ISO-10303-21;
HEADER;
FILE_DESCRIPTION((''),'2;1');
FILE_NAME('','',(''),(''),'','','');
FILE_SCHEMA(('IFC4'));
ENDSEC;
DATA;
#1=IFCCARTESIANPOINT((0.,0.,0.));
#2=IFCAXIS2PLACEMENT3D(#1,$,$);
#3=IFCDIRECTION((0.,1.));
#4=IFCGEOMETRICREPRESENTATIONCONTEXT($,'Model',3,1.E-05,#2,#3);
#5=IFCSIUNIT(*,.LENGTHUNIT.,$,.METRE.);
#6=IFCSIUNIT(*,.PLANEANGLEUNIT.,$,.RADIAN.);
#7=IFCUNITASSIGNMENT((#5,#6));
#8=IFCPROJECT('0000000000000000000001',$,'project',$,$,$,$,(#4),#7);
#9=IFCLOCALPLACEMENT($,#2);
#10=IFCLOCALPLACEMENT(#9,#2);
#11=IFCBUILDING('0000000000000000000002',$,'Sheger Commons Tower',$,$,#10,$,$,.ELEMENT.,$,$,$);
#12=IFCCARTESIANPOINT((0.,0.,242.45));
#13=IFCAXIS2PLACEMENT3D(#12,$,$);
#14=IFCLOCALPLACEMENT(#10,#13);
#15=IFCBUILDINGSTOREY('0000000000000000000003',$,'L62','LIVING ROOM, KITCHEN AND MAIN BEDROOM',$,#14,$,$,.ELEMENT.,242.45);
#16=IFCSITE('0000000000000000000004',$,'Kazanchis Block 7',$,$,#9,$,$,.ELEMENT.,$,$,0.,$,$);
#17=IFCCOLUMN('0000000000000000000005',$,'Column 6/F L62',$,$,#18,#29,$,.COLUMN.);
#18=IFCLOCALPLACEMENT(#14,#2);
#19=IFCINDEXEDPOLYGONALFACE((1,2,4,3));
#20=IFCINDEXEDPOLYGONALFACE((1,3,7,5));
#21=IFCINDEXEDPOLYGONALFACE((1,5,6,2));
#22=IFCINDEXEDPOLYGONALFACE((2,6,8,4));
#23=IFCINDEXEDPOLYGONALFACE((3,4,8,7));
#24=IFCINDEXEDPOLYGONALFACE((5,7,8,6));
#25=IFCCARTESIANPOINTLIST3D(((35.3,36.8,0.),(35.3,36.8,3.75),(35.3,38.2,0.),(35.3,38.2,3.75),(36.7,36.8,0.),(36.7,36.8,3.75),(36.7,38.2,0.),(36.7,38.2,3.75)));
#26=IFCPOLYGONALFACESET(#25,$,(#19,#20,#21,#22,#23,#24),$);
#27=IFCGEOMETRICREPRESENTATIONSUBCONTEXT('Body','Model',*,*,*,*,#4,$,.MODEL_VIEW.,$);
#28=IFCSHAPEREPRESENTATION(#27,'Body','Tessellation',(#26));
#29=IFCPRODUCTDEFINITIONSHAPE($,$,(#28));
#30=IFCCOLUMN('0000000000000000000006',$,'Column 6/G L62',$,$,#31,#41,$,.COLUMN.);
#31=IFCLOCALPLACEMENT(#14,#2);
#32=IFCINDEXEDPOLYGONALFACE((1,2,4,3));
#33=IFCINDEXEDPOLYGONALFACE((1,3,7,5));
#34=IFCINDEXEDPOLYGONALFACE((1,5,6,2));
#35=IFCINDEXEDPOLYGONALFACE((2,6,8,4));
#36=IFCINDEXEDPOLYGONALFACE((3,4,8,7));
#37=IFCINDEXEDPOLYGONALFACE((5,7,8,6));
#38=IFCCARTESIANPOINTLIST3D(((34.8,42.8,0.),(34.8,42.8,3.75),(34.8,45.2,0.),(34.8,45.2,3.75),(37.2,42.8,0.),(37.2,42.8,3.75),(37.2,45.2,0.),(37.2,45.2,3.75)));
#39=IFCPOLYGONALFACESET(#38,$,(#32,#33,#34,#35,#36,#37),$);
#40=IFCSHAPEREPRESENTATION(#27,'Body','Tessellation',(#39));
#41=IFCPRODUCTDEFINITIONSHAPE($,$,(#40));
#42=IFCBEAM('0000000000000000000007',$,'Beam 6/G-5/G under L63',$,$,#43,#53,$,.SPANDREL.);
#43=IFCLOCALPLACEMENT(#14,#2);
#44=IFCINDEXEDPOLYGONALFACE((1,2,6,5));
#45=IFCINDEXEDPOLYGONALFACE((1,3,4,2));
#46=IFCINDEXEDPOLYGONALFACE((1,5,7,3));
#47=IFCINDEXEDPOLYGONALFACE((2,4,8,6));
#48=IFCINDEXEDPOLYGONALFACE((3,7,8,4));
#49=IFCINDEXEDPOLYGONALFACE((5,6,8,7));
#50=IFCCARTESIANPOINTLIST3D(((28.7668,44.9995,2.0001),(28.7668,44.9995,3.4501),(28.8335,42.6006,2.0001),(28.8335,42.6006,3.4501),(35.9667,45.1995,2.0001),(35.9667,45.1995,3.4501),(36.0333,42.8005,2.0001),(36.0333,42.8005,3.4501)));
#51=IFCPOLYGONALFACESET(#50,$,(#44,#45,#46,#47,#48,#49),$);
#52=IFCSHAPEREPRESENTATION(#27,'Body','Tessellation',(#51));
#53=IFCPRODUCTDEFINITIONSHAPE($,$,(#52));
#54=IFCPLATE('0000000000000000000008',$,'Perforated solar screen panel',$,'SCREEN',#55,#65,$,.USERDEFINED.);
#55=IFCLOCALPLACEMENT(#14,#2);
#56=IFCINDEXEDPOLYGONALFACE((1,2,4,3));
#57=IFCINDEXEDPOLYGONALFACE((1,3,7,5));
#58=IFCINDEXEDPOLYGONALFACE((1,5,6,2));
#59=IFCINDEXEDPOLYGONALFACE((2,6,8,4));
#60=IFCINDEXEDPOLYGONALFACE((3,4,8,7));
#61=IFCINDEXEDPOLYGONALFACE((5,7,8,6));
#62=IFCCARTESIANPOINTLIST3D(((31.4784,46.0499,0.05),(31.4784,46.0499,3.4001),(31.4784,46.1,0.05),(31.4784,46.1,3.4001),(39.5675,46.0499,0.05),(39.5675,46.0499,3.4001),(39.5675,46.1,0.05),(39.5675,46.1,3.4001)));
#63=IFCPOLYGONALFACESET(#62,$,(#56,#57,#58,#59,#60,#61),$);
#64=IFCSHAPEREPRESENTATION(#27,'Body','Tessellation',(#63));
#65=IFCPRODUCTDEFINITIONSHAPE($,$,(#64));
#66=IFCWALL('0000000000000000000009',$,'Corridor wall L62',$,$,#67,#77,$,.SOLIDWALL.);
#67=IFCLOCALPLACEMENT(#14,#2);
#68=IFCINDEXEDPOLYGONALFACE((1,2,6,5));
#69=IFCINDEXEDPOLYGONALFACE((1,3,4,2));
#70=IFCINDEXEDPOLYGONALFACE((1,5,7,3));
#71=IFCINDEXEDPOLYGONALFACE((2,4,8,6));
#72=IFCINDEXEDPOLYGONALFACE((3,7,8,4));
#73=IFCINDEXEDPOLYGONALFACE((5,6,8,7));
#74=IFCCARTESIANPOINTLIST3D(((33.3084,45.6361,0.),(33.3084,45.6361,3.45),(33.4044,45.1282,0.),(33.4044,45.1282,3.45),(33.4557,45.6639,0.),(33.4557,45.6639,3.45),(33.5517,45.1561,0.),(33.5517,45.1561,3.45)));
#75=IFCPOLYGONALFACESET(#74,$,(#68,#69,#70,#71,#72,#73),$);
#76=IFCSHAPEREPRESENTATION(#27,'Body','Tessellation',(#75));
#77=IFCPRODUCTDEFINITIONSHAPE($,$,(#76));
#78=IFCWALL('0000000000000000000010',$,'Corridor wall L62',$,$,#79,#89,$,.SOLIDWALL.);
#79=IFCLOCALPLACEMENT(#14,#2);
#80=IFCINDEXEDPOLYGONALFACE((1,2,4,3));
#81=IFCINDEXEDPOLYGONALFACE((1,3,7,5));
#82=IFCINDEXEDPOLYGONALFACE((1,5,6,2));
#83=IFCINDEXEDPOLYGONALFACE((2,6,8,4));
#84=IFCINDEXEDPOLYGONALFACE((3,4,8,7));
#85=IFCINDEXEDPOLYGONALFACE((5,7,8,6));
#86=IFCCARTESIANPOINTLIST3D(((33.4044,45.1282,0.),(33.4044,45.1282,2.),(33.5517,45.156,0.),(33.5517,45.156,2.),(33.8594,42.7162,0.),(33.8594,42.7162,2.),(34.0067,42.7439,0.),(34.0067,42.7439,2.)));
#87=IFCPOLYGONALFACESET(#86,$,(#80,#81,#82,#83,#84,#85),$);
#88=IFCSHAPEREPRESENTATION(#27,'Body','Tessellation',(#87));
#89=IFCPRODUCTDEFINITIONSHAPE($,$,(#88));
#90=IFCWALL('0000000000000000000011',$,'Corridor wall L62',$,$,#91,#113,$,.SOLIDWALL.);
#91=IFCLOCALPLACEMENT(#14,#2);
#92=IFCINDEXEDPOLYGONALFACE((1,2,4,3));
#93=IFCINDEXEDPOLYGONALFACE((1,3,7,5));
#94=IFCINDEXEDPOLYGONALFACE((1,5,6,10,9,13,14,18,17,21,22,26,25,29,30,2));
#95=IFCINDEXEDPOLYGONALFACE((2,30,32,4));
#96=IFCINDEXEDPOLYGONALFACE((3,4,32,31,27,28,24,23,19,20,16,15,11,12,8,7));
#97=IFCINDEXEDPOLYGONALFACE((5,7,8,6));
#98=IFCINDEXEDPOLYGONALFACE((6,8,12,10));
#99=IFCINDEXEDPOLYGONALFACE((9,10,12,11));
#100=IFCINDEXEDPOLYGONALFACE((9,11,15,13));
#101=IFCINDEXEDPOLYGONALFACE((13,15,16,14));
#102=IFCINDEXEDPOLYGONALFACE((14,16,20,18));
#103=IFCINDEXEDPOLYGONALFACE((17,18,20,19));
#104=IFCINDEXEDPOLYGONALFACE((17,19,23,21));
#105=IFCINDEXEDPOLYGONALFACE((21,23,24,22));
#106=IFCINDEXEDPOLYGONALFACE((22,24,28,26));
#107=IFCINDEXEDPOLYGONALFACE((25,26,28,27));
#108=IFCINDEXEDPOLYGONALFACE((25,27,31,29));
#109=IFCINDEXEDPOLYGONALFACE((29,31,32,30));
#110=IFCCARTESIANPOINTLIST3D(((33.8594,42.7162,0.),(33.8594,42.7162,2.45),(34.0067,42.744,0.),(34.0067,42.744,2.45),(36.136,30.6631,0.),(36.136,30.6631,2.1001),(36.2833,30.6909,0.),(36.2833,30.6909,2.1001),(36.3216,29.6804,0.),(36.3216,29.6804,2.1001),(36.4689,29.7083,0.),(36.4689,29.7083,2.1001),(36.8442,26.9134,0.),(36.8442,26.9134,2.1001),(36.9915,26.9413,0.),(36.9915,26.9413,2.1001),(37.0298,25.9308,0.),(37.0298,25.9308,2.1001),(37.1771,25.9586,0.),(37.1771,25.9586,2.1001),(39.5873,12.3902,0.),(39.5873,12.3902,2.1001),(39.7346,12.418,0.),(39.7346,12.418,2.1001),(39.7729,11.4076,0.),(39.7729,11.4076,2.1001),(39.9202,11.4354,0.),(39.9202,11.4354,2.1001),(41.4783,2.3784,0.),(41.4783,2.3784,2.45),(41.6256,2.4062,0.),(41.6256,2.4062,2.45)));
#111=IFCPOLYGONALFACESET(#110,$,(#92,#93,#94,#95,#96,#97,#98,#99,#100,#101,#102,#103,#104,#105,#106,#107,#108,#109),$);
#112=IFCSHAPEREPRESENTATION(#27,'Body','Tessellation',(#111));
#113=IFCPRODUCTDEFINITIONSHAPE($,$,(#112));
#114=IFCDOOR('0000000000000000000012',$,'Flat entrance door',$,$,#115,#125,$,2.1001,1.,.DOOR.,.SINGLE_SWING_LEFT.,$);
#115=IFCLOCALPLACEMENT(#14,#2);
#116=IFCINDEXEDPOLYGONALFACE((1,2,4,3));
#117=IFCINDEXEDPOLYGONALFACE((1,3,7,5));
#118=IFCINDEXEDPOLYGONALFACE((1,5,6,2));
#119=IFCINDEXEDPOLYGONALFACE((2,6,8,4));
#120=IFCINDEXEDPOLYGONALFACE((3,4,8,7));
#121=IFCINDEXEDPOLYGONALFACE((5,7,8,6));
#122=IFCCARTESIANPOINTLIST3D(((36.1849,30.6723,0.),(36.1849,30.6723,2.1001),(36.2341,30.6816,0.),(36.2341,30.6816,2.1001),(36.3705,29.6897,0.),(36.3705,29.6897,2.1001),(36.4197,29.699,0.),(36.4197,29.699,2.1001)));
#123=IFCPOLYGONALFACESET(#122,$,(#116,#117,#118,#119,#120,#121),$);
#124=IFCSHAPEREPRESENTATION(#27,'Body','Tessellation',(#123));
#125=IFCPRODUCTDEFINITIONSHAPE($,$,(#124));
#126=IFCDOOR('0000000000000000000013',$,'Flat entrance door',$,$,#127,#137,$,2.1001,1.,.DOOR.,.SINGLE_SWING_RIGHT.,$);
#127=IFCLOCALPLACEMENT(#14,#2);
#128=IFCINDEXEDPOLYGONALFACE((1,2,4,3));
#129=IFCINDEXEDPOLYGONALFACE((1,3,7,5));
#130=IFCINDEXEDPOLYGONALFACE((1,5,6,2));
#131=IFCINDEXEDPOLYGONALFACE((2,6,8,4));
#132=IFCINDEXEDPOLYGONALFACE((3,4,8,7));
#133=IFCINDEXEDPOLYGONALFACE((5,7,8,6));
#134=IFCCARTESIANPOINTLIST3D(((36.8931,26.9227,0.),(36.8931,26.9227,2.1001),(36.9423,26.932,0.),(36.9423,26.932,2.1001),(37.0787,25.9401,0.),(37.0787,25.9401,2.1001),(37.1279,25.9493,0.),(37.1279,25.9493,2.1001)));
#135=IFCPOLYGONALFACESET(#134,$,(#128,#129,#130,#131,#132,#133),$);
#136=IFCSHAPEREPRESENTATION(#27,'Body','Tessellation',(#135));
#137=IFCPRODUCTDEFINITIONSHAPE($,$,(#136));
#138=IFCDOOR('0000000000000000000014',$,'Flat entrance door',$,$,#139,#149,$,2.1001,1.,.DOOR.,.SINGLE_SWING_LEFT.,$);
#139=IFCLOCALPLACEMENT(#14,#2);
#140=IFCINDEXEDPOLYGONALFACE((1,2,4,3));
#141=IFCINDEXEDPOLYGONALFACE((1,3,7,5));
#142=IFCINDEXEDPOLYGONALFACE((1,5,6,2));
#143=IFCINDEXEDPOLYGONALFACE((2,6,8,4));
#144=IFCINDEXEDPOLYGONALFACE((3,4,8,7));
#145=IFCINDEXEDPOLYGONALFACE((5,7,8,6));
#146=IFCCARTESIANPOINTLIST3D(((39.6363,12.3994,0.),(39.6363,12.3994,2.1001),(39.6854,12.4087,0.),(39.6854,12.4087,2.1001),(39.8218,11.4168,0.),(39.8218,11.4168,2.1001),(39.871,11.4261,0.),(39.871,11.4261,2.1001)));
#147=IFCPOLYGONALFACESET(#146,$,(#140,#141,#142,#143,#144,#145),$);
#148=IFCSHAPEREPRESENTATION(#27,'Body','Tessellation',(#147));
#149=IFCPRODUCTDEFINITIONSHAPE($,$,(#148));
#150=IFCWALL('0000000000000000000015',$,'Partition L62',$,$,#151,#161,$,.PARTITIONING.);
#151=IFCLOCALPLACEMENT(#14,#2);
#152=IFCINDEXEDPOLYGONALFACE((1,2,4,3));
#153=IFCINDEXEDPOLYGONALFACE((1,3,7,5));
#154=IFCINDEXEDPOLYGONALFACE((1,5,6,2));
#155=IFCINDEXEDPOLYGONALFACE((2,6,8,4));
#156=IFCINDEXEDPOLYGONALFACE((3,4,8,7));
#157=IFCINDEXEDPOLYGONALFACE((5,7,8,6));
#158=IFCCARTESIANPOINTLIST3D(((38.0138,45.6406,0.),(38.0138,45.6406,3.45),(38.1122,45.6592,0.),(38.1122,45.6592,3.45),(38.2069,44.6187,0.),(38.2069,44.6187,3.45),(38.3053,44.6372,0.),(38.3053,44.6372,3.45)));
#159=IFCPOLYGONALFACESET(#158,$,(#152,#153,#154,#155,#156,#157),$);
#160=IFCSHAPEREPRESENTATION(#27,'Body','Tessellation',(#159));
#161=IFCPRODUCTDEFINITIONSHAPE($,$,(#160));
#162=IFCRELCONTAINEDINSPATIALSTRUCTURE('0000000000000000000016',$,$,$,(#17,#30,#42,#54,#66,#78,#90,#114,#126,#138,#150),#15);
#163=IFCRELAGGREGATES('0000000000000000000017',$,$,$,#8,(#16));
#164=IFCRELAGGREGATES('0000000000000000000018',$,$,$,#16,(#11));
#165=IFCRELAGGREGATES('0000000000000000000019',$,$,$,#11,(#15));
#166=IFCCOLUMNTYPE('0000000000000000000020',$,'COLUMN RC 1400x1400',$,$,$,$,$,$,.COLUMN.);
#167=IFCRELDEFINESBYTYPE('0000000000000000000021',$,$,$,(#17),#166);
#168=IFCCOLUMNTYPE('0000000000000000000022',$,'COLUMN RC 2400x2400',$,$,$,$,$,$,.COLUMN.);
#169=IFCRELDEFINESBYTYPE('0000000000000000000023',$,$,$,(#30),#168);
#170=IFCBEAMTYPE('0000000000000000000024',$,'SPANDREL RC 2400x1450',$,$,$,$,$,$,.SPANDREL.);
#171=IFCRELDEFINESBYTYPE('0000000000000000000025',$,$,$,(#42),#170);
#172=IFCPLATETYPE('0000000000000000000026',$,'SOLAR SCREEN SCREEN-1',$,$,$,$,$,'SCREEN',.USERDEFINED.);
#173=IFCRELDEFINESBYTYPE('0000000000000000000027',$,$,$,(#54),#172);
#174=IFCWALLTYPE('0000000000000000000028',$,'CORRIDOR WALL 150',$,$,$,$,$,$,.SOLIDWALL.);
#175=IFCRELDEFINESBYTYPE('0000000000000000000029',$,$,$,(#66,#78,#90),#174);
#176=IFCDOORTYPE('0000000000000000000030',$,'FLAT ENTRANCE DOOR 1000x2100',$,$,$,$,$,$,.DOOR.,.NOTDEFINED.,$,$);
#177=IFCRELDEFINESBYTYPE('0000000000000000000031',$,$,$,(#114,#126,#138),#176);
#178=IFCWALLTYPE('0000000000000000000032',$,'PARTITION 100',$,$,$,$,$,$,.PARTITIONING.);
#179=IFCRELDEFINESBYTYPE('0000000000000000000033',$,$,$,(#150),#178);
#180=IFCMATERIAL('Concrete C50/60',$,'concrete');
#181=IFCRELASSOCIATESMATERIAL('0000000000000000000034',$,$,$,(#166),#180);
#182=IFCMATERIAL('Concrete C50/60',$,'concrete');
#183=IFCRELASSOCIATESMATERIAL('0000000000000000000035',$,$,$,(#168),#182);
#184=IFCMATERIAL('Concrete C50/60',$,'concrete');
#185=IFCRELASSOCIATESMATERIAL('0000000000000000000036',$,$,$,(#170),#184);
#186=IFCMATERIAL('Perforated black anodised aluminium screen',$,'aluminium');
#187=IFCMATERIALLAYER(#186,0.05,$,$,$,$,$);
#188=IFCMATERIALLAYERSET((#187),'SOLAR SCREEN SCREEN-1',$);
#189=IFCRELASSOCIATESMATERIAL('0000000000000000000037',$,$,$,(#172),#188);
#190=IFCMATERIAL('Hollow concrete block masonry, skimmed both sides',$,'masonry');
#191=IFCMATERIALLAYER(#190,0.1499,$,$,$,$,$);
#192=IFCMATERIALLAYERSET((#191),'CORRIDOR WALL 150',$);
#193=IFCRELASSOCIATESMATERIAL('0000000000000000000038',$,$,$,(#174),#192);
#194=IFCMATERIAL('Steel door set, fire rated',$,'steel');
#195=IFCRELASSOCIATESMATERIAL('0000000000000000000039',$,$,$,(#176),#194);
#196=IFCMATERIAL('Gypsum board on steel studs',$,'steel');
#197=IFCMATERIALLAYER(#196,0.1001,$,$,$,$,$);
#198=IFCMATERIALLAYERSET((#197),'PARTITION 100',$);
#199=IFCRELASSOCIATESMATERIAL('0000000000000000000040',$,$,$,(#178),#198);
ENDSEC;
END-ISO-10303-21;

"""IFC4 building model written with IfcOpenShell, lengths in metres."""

from ifc_helpers import new_model, si_unit, direction, frame, frame_2d, origin, origin_2d, place, context, subcontext, project, spatial, rectangle, extrude, material, layer, layer_set, material_profile, profile_set, type_object, element, fill, save


model = new_model("IFC4")

# Units and contexts
model_context = context("Model", 3, precision=1e-05, world=origin(), true_north=direction((0.0, 1.0)))
body_context = subcontext(model_context, "Body", "Model", "MODEL_VIEW")
ifc_project = project(units=[si_unit("LENGTHUNIT", "METRE"), si_unit("PLANEANGLEUNIT", "RADIAN")], contexts=[model_context])

# Site, building, storey
site_placement = place(None, origin())
site = spatial("IfcSite", under=ifc_project, at=site_placement, Name="Kazanchis Block 7", CompositionType="ELEMENT", RefElevation=0.0)
building_placement = place(site_placement, origin())
building = spatial("IfcBuilding", under=site, at=building_placement, Name="Sheger Commons Tower", CompositionType="ELEMENT")
storey_placement = place(building_placement, frame((0.0, 0.0, 242.45)))
storey = spatial("IfcBuildingStorey", under=building, at=storey_placement, Name="L62", Description="LIVING ROOM, KITCHEN AND MAIN BEDROOM", CompositionType="ELEMENT", Elevation=242.45)

# Columns
ifc_material_1 = material(Name="Concrete C50/60", Category="concrete")
ifc_material_profile_1 = material_profile(ifc_material_1, rectangle(XDim=1.3999, YDim=1.3999, at=origin_2d()), Name="RC 1400x1400")
ifc_profile_set_1 = profile_set([ifc_material_profile_1], Name="Concrete C50/60")
column_type_1 = type_object("IfcColumnType", Name="COLUMN RC 1400x1400", PredefinedType="COLUMN", material=ifc_profile_set_1)
column_1_placement = place(storey_placement, frame((36.0, 37.5, 0.0), z_axis=(0.0, 0.0, 1.0), x_axis=(1.0, 0.0, 0.0)))
element("IfcColumn", 1, at=column_1_placement, inside=storey, type_object=column_type_1, Name="Column 6/F L62", PredefinedType="COLUMN", context=body_context, shape_type="SweptSolid", body=[
    extrude(rectangle(XDim=1.3999, YDim=1.3999, at=origin_2d()), origin(), (0.0, 0.0, 1.0), 3.75),
])
ifc_material_2 = material(Name="Concrete C50/60", Category="concrete")
ifc_material_profile_2 = material_profile(ifc_material_2, rectangle(XDim=2.3999, YDim=2.3999, at=origin_2d()), Name="RC 2400x2400")
ifc_profile_set_2 = profile_set([ifc_material_profile_2], Name="Concrete C50/60")
column_type_2 = type_object("IfcColumnType", Name="COLUMN RC 2400x2400", PredefinedType="COLUMN", material=ifc_profile_set_2)
column_2_placement = place(storey_placement, frame((36.0, 44.0, 0.0), z_axis=(0.0, 0.0, 1.0), x_axis=(1.0, 0.0, 0.0)))
element("IfcColumn", 2, at=column_2_placement, inside=storey, type_object=column_type_2, Name="Column 6/G L62", PredefinedType="COLUMN", context=body_context, shape_type="SweptSolid", body=[
    extrude(rectangle(XDim=2.3999, YDim=2.3999, at=origin_2d()), origin(), (0.0, 0.0, 1.0), 3.75),
])

# Beam
ifc_material_3 = material(Name="Concrete C50/60", Category="concrete")
ifc_material_profile_3 = material_profile(ifc_material_3, rectangle(XDim=2.3999, YDim=1.45, at=origin_2d()), Name="RC 2400x1450")
ifc_profile_set_3 = profile_set([ifc_material_profile_3], Name="Concrete C50/60")
beam_type = type_object("IfcBeamType", Name="SPANDREL RC 2400x1450", PredefinedType="SPANDREL", material=ifc_profile_set_3)
beam_placement = place(storey_placement, frame((36.0, 44.0, 2.7251), z_axis=(-0.999615, -0.02776, 0.0), x_axis=(0.02776, -0.999615, 0.0)))
element("IfcBeam", 3, at=beam_placement, inside=storey, type_object=beam_type, Name="Beam 6/G-5/G under L63", PredefinedType="SPANDREL", context=body_context, shape_type="SweptSolid", body=[
    extrude(rectangle(XDim=2.3999, YDim=1.45, at=origin_2d()), origin(), (0.0, 0.0, 1.0), 7.2026),
])

# Plate
ifc_material_4 = material(Name="Perforated black anodised aluminium screen", Category="aluminium")
ifc_layer_1 = layer(ifc_material_4, 0.05)
ifc_layer_set_1 = layer_set([ifc_layer_1], Name="SOLAR SCREEN SCREEN-1")
plate_type = type_object("IfcPlateType", Name="SOLAR SCREEN SCREEN-1", ElementType="SCREEN", PredefinedType="USERDEFINED", material=ifc_layer_set_1)
plate_placement = place(storey_placement, frame((35.5229, 46.075, 0.05), z_axis=(0.0, 0.0, 1.0), x_axis=(-1.0, 0.0, 0.0)))
element("IfcPlate", 4, at=plate_placement, inside=storey, type_object=plate_type, Name="Perforated solar screen panel", ObjectType="SCREEN", PredefinedType="USERDEFINED", context=body_context, shape_type="SweptSolid", body=[
    extrude(rectangle(XDim=8.0891, YDim=0.05, at=origin_2d()), origin(), (0.0, 0.0, 1.0), 3.3501),
])

# Walls
ifc_material_5 = material(Name="Hollow concrete block masonry, skimmed both sides", Category="masonry")
ifc_layer_2 = layer(ifc_material_5, 0.1499)
ifc_layer_set_2 = layer_set([ifc_layer_2], Name="CORRIDOR WALL 150")
wall_type_1 = type_object("IfcWallType", Name="CORRIDOR WALL 150", PredefinedType="SOLIDWALL", material=ifc_layer_set_2)
wall_1_placement = place(storey_placement, frame((33.3821, 45.6499, 0.0), z_axis=(0.0, 0.0, 1.0), x_axis=(0.185657, -0.982615, 0.0)))
element("IfcWall", 5, at=wall_1_placement, inside=storey, type_object=wall_type_1, Name="Corridor wall L62", PredefinedType="SOLIDWALL", context=body_context, shape_type="SweptSolid", body=[
    extrude(rectangle(XDim=0.5168, YDim=0.1499, at=frame_2d((0.2583, 0.0))), origin(), (0.0, 0.0, 1.0), 3.45),
])
wall_2_placement = place(storey_placement, frame((33.478, 45.1421, 0.0), z_axis=(0.0, 0.0, 1.0), x_axis=(0.185393, -0.982664, 0.0)))
element("IfcWall", 6, at=wall_2_placement, inside=storey, type_object=wall_type_1, Name="Corridor wall L62", PredefinedType="SOLIDWALL", context=body_context, shape_type="SweptSolid", body=[
    extrude(rectangle(XDim=2.4546, YDim=0.1499, at=frame_2d((1.2273, 0.0))), origin(), (0.0, 0.0, 1.0), 2.0),
])

# Wall, openings, doors
wall_3_placement = place(storey_placement, frame((33.9331, 42.73, 0.0), z_axis=(0.0, 0.0, 1.0), x_axis=(0.185595, -0.982626, 0.0)))
wall_3 = element("IfcWall", 7, at=wall_3_placement, inside=storey, type_object=wall_type_1, Name="Corridor wall L62", PredefinedType="SOLIDWALL", context=body_context, shape_type="SweptSolid", body=[
    extrude(rectangle(XDim=41.051, YDim=0.1499, at=frame_2d((20.5254, 0.0))), origin(), (0.0, 0.0, 1.0), 2.45),
])
opening_1_placement = place(wall_3_placement, frame((12.2661, 0.0, 0.0)))
opening_1 = element("IfcOpeningElement", 8, at=opening_1_placement, cuts=wall_3, PredefinedType="OPENING", context=body_context, shape_type="SweptSolid", body=[
    extrude(rectangle(XDim=1.0, YDim=2.1001, at=frame_2d((0.5, 1.05))), frame((0.0, 0.085, 0.0), z_axis=(0.0, -1.0, 0.0), x_axis=(1.0, 0.0, 0.0)), (0.0, 0.0, 1.0), 0.1699),
])
opening_2_placement = place(wall_3_placement, frame((16.082, 0.0, 0.0)))
opening_2 = element("IfcOpeningElement", 9, at=opening_2_placement, cuts=wall_3, PredefinedType="OPENING", context=body_context, shape_type="SweptSolid", body=[
    extrude(rectangle(XDim=1.0, YDim=2.1001, at=frame_2d((0.5, 1.05))), frame((0.0, 0.085, 0.0), z_axis=(0.0, -1.0, 0.0), x_axis=(1.0, 0.0, 0.0)), (0.0, 0.0, 1.0), 0.1699),
])
opening_3_placement = place(wall_3_placement, frame((30.8621, 0.0, 0.0)))
opening_3 = element("IfcOpeningElement", 10, at=opening_3_placement, cuts=wall_3, PredefinedType="OPENING", context=body_context, shape_type="SweptSolid", body=[
    extrude(rectangle(XDim=1.0, YDim=2.1001, at=frame_2d((0.5, 1.05))), frame((0.0, 0.085, 0.0), z_axis=(0.0, -1.0, 0.0), x_axis=(1.0, 0.0, 0.0)), (0.0, 0.0, 1.0), 0.1699),
])
ifc_material_6 = material(Name="Steel door set, fire rated", Category="steel")
door_type_1 = type_object("IfcDoorType", Name="FLAT ENTRANCE DOOR 1000x2100", OperationType="NOTDEFINED", PredefinedType="DOOR", material=ifc_material_6)
door_1_placement = place(opening_1_placement, origin())
door_1 = element("IfcDoor", 11, at=door_1_placement, inside=storey, type_object=door_type_1, Name="Flat entrance door", OperationType="SINGLE_SWING_LEFT", OverallHeight=2.1001, OverallWidth=1.0, PredefinedType="DOOR", context=body_context, shape_type="SweptSolid", body=[
    extrude(rectangle(XDim=1.0, YDim=2.1001, at=frame_2d((0.5, 1.05))), frame((0.0, 0.0249, 0.0), z_axis=(0.0, -1.0, 0.0), x_axis=(1.0, 0.0, 0.0)), (0.0, 0.0, 1.0), 0.05),
])
fill(opening_1, door_1)
door_2_placement = place(opening_2_placement, origin())
door_2 = element("IfcDoor", 12, at=door_2_placement, inside=storey, type_object=door_type_1, Name="Flat entrance door", OperationType="SINGLE_SWING_RIGHT", OverallHeight=2.1001, OverallWidth=1.0, PredefinedType="DOOR", context=body_context, shape_type="SweptSolid", body=[
    extrude(rectangle(XDim=1.0, YDim=2.1001, at=frame_2d((0.5, 1.05))), frame((0.0, 0.0249, 0.0), z_axis=(0.0, -1.0, 0.0), x_axis=(1.0, 0.0, 0.0)), (0.0, 0.0, 1.0), 0.05),
])
fill(opening_2, door_2)
door_3_placement = place(opening_3_placement, origin())
door_3 = element("IfcDoor", 13, at=door_3_placement, inside=storey, type_object=door_type_1, Name="Flat entrance door", OperationType="SINGLE_SWING_LEFT", OverallHeight=2.1001, OverallWidth=1.0, PredefinedType="DOOR", context=body_context, shape_type="SweptSolid", body=[
    extrude(rectangle(XDim=1.0, YDim=2.1001, at=frame_2d((0.5, 1.05))), frame((0.0, 0.0249, 0.0), z_axis=(0.0, -1.0, 0.0), x_axis=(1.0, 0.0, 0.0)), (0.0, 0.0, 1.0), 0.05),
])
fill(opening_3, door_3)

# Wall
ifc_material_7 = material(Name="Gypsum board on steel studs", Category="steel")
ifc_layer_3 = layer(ifc_material_7, 0.1001)
ifc_layer_set_3 = layer_set([ifc_layer_3], Name="PARTITION 100")
wall_type_2 = type_object("IfcWallType", Name="PARTITION 100", PredefinedType="PARTITIONING", material=ifc_layer_set_3)
wall_4_placement = place(storey_placement, frame((38.063, 45.6499, 0.0), z_axis=(0.0, 0.0, 1.0), x_axis=(0.185677, -0.982611, 0.0)))
element("IfcWall", 14, at=wall_4_placement, inside=storey, type_object=wall_type_2, Name="Partition L62", PredefinedType="PARTITIONING", context=body_context, shape_type="SweptSolid", body=[
    extrude(rectangle(XDim=1.04, YDim=0.1001, at=frame_2d((0.52, 0.0))), origin(), (0.0, 0.0, 1.0), 3.45),
])

save(model, "model.ifc")
